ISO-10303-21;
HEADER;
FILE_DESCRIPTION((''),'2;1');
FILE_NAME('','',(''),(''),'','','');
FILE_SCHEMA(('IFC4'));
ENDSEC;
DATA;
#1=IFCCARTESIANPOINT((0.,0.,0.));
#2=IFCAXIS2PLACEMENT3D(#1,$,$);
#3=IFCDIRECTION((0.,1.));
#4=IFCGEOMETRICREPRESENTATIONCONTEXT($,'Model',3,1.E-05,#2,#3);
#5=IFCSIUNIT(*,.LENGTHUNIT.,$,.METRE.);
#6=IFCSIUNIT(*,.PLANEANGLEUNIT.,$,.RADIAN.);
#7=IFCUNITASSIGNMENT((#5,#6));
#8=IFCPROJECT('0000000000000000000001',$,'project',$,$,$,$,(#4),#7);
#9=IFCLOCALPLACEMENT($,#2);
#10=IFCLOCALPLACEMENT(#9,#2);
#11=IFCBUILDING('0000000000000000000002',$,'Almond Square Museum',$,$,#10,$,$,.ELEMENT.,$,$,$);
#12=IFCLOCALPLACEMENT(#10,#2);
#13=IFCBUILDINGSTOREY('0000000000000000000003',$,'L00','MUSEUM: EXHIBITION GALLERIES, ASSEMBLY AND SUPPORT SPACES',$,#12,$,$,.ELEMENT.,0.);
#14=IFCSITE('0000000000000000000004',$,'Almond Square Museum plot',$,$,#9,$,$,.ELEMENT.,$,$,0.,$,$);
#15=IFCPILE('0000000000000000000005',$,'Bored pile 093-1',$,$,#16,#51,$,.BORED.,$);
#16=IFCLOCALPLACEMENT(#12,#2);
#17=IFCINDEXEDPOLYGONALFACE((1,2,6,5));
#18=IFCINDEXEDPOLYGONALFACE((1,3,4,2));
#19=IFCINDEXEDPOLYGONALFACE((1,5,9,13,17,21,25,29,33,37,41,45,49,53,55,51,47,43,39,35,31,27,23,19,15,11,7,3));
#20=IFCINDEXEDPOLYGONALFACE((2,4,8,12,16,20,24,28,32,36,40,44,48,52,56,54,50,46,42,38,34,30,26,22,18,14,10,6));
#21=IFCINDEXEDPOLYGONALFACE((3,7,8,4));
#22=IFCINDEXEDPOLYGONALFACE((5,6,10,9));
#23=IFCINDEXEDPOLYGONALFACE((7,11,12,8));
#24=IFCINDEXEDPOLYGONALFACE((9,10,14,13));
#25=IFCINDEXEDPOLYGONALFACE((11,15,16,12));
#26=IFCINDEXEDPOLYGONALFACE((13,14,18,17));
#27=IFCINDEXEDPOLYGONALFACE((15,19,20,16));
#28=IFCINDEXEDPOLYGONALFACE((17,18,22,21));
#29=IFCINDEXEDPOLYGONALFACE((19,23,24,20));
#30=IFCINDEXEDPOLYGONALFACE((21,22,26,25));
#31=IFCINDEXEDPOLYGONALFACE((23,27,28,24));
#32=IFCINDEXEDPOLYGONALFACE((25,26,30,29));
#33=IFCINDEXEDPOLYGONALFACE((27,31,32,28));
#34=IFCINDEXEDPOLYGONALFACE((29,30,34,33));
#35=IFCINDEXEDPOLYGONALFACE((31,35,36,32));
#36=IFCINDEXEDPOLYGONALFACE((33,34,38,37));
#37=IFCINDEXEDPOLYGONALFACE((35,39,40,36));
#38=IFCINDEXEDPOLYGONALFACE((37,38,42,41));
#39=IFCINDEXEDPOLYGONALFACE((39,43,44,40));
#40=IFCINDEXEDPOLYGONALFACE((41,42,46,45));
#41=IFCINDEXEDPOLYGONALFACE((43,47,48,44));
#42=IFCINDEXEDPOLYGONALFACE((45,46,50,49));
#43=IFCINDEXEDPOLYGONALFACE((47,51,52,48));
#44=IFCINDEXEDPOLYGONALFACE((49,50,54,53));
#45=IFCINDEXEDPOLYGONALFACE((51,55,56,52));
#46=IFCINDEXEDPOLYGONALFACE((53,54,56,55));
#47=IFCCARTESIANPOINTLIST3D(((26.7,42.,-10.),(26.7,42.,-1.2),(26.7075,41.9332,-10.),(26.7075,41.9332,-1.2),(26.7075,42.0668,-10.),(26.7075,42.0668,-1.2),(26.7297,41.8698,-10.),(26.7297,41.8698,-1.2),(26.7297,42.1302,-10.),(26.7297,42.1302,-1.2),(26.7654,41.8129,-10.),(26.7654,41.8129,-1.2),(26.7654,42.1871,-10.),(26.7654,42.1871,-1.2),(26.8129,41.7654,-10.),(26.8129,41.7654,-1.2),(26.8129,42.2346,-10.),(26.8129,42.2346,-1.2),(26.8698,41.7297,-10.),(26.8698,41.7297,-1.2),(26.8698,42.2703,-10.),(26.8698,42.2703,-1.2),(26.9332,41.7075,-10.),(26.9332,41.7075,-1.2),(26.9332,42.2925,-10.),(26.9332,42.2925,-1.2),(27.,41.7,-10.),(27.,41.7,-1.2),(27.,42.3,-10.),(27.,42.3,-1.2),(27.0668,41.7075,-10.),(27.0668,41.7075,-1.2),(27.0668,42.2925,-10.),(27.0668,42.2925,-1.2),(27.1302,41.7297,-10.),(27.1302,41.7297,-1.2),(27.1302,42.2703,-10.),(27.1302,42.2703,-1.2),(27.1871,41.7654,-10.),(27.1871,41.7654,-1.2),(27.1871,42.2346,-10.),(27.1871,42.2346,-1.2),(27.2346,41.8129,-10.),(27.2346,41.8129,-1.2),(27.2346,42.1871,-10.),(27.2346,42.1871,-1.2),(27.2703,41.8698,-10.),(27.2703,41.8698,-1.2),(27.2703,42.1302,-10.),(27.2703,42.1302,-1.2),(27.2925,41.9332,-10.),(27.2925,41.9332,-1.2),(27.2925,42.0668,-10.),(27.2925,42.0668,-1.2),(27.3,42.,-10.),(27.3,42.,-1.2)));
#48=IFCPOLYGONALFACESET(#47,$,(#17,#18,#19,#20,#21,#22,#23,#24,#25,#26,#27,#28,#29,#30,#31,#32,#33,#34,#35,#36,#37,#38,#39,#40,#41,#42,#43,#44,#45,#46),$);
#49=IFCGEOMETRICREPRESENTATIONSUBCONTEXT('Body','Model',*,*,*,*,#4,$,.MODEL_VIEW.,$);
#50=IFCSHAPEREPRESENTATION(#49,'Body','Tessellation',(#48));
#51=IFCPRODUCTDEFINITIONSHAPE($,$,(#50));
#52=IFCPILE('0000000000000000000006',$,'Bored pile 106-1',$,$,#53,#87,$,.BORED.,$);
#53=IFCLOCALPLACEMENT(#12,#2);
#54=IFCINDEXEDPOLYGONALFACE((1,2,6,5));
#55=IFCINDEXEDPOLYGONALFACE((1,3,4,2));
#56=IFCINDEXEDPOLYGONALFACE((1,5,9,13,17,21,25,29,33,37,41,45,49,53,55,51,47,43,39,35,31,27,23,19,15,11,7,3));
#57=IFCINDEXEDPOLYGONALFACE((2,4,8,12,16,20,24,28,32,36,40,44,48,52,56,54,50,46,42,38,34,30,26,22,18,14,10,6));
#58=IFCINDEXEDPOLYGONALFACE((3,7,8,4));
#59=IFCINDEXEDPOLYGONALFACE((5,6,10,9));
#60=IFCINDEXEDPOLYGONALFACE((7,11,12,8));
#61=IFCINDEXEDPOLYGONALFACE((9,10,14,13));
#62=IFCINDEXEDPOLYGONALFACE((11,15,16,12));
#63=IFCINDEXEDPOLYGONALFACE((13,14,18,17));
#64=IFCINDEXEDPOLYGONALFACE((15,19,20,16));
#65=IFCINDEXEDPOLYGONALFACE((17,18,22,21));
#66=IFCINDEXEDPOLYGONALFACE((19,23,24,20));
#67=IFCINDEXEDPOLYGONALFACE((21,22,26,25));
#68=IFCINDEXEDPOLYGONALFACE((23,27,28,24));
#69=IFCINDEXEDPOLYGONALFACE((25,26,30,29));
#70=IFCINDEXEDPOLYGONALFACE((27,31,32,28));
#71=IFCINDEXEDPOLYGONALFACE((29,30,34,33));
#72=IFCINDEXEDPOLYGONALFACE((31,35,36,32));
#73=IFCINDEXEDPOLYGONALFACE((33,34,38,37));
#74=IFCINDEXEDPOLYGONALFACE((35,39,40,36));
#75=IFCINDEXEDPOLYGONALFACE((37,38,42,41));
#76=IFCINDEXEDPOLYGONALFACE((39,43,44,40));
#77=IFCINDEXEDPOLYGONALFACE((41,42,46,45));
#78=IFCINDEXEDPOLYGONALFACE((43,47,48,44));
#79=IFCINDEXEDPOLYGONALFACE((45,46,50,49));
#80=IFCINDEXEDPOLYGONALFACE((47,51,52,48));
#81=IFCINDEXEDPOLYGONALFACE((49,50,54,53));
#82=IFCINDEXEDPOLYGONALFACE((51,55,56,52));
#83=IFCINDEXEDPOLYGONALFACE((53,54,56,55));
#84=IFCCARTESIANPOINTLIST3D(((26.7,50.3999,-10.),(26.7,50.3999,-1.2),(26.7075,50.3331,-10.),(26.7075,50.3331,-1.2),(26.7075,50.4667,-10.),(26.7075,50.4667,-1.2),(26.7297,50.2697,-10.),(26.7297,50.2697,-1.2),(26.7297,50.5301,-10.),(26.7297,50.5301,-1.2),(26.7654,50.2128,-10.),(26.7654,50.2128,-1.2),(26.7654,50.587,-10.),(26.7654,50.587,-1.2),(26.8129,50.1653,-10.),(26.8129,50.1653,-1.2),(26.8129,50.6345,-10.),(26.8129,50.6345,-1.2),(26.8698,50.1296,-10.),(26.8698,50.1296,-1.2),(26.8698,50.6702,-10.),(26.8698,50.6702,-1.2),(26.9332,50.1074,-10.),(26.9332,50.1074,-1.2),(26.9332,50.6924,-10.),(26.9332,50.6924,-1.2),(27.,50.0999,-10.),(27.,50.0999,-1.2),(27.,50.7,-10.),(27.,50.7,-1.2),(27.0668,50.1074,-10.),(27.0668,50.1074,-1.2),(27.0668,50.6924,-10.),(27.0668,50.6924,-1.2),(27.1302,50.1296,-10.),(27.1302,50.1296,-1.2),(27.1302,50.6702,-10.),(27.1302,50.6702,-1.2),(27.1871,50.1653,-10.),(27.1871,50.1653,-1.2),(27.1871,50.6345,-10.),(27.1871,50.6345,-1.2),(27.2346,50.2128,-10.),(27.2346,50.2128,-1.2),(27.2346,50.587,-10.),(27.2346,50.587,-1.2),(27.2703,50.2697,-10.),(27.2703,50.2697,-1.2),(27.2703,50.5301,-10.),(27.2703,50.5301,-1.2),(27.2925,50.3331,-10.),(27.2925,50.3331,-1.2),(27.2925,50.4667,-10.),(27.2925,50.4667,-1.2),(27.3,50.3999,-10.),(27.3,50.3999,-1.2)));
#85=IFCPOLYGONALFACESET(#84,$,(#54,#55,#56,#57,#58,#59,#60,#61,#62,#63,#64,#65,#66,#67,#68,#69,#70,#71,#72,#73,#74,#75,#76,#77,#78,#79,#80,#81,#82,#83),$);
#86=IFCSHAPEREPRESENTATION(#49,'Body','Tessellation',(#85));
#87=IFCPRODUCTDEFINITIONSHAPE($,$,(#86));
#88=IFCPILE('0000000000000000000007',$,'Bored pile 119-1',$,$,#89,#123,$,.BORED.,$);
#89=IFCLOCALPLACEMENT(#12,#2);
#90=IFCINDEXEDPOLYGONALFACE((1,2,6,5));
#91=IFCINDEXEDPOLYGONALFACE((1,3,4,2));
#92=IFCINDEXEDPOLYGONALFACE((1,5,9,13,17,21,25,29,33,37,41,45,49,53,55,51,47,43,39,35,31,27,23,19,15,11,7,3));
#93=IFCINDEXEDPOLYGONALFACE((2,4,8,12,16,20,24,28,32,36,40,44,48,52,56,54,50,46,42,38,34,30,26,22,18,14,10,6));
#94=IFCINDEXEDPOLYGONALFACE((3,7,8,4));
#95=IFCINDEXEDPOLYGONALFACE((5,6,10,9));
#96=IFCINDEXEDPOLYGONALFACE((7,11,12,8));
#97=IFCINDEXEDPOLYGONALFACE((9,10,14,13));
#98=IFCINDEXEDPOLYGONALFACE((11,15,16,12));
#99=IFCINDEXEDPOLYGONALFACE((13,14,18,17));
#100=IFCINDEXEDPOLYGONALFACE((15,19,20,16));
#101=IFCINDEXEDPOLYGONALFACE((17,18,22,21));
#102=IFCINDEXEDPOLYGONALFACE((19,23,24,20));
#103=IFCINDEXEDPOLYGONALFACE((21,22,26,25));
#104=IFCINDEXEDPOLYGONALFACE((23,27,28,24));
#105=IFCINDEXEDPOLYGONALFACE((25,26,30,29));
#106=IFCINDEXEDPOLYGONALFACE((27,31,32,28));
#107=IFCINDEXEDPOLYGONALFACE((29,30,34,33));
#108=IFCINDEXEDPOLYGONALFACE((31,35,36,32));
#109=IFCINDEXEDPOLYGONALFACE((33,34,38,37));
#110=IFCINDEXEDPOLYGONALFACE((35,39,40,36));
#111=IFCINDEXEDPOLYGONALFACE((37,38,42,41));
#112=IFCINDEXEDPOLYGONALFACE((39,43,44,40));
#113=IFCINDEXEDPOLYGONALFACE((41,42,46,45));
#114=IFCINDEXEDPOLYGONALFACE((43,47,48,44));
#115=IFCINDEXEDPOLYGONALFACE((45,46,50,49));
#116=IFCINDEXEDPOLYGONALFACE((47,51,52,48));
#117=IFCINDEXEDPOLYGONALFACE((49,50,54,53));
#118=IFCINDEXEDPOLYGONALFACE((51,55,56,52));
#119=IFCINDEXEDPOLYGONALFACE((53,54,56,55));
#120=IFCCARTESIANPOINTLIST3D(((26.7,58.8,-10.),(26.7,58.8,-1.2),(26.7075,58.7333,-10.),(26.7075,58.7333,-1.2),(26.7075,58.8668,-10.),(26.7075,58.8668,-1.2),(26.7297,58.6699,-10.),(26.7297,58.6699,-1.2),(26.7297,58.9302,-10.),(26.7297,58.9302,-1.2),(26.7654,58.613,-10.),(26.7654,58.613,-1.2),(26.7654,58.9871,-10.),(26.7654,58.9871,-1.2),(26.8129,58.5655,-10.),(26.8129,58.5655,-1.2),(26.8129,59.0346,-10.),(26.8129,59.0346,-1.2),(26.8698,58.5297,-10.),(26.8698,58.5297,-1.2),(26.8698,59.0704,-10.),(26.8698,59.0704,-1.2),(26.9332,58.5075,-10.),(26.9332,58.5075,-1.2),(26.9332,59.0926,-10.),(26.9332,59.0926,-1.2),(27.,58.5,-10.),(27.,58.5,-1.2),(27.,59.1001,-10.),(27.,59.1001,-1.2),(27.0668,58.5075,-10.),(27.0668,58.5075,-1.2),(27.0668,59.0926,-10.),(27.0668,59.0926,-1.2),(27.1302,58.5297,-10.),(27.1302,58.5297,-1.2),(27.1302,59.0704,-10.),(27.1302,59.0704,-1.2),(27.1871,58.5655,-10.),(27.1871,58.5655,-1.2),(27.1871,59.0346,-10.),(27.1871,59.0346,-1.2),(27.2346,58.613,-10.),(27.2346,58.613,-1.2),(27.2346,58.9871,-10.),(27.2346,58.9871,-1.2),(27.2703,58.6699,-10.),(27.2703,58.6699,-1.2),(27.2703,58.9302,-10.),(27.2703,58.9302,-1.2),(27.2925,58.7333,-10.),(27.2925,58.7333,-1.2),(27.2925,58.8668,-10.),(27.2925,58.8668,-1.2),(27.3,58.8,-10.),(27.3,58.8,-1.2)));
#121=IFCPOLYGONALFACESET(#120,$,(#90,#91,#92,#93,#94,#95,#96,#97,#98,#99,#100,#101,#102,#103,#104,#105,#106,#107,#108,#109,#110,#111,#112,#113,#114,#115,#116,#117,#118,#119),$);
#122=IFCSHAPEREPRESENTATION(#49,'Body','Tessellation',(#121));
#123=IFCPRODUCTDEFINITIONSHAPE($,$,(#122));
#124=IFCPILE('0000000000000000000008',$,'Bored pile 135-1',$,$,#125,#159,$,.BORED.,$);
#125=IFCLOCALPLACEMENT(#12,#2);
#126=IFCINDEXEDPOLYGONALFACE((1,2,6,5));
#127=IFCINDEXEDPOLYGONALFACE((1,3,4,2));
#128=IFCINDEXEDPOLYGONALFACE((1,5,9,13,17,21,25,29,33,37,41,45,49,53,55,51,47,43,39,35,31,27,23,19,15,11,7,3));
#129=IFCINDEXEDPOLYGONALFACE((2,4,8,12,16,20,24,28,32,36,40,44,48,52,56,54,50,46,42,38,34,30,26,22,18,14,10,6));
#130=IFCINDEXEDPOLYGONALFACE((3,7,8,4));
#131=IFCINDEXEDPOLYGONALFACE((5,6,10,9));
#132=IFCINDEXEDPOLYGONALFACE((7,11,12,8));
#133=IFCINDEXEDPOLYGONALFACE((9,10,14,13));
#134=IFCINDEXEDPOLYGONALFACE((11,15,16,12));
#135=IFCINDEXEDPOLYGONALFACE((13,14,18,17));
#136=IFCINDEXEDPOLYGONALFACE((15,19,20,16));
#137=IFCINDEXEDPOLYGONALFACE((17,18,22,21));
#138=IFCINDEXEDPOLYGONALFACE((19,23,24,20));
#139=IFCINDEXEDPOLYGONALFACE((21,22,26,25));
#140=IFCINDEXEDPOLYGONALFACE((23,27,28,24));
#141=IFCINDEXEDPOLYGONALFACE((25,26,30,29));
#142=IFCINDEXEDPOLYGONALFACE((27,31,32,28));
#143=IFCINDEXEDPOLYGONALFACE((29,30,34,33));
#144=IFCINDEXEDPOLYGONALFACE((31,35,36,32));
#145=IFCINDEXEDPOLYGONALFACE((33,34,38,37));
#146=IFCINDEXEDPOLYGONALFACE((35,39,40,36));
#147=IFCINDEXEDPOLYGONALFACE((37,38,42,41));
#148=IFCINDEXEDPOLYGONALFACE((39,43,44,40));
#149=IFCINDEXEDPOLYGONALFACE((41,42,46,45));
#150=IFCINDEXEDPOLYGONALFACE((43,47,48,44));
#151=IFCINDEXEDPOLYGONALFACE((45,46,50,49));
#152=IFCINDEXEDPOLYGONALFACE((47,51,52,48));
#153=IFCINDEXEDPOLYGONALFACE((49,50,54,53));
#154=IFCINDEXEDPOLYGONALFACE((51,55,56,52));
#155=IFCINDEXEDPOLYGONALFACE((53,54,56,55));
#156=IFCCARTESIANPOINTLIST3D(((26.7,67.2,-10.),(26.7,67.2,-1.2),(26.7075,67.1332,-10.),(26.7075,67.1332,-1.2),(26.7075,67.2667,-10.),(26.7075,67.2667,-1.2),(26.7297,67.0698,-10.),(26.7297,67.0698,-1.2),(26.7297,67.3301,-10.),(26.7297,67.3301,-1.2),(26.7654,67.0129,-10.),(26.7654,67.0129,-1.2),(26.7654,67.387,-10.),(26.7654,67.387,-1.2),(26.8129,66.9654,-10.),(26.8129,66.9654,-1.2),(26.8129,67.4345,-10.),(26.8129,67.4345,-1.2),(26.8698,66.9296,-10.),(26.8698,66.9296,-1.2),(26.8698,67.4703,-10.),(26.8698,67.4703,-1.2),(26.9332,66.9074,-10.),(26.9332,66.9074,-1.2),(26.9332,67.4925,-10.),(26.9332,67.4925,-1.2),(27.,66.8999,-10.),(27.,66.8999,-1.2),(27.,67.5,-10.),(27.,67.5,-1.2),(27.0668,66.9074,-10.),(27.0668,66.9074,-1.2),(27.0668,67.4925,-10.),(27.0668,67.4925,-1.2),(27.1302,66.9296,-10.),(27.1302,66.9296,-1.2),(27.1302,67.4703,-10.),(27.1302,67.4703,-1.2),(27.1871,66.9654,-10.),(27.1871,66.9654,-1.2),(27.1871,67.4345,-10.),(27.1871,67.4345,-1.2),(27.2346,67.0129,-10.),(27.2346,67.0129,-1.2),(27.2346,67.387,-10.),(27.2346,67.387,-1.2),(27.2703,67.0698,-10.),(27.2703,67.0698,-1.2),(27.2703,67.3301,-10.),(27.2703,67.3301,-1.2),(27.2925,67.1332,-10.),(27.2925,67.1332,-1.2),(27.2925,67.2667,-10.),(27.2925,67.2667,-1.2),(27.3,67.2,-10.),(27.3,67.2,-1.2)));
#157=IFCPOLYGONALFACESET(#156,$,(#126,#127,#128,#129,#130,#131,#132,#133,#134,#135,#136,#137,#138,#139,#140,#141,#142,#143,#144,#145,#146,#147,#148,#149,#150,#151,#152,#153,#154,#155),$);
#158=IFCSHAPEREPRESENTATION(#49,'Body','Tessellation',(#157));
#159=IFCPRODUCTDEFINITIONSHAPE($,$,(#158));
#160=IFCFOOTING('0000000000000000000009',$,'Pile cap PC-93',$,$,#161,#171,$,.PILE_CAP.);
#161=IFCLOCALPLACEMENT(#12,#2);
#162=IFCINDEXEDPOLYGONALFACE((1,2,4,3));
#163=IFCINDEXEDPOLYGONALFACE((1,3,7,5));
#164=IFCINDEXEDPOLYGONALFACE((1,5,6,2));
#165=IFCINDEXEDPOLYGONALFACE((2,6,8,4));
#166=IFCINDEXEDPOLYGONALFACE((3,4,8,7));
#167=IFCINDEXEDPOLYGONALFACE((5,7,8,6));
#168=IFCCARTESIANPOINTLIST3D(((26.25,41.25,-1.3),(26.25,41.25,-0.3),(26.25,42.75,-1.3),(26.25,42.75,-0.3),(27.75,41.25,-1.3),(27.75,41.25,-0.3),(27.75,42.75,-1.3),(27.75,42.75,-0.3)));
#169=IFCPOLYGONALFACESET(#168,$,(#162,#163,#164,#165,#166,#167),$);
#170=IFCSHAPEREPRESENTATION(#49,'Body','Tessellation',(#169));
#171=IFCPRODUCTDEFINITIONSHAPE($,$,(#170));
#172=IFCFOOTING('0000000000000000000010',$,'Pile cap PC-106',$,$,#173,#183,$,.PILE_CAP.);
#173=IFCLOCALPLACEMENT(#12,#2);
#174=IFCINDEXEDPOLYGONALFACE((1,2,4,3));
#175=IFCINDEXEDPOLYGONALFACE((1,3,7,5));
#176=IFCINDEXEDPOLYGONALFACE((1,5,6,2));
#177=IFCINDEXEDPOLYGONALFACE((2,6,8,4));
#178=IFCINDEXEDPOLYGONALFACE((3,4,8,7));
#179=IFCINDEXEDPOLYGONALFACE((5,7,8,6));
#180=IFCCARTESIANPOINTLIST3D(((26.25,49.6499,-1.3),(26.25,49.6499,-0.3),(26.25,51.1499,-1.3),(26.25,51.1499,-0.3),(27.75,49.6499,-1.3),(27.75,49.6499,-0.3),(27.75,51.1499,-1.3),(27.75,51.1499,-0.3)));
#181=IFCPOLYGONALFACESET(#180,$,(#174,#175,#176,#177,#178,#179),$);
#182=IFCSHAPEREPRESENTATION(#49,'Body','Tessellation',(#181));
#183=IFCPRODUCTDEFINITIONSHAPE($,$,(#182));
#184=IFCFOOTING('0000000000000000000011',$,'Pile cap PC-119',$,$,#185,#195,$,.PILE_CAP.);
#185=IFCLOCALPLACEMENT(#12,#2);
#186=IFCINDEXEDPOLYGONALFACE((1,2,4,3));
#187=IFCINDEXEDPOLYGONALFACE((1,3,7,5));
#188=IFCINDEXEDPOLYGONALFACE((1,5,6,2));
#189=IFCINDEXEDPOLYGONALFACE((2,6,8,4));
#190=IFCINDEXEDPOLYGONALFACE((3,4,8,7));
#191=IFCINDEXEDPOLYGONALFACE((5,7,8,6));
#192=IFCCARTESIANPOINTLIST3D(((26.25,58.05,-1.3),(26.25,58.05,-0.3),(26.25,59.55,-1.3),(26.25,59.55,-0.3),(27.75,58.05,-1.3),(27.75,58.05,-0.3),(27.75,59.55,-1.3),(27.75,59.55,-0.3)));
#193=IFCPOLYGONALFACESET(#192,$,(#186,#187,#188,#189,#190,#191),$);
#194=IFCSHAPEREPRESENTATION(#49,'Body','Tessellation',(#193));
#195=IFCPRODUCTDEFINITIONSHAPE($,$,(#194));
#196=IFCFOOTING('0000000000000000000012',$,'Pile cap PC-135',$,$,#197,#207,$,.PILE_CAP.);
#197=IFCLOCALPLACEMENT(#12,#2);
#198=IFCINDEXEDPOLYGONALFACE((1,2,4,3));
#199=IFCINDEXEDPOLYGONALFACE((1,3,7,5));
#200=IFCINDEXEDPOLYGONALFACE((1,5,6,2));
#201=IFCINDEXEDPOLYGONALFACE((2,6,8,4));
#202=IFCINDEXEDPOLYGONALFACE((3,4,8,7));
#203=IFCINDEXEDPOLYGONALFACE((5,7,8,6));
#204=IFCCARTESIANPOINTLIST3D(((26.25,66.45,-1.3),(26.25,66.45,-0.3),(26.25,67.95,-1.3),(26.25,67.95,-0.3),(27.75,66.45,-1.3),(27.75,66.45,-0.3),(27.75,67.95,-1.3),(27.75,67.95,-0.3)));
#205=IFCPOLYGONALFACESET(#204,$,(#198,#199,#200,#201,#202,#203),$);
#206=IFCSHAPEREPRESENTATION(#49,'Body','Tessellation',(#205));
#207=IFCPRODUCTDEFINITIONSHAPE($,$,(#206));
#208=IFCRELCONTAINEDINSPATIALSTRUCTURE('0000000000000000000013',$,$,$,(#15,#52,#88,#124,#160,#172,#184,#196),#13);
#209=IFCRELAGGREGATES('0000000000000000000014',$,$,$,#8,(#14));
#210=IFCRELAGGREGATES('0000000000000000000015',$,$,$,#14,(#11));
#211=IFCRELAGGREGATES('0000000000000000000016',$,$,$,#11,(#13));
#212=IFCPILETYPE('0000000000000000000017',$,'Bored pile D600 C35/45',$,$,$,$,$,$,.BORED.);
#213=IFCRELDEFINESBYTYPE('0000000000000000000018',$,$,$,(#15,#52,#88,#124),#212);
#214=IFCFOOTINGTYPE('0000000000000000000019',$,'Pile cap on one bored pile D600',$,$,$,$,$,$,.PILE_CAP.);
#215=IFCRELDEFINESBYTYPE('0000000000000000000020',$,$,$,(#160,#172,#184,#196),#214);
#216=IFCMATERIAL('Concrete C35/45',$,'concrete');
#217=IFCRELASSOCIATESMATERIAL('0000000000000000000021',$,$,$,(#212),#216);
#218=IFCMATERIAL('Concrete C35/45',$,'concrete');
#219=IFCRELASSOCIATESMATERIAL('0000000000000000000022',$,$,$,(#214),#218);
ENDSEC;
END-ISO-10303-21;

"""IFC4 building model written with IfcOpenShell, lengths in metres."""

from ifc_helpers import new_model, si_unit, direction, frame, origin, origin_2d, place, context, subcontext, project, spatial, rectangle, circle, extrude, material, material_profile, profile_set, type_object, element, save


model = new_model("IFC4")

# Units and contexts
model_context = context("Model", 3, precision=1e-05, world=origin(), true_north=direction((0.0, 1.0)))
body_context = subcontext(model_context, "Body", "Model", "MODEL_VIEW")
ifc_project = project(units=[si_unit("LENGTHUNIT", "METRE"), si_unit("PLANEANGLEUNIT", "RADIAN")], contexts=[model_context])

# Site, building, storey
site_placement = place(None, origin())
site = spatial("IfcSite", under=ifc_project, at=site_placement, Name="Almond Square Museum plot", CompositionType="ELEMENT", RefElevation=0.0)
building_placement = place(site_placement, origin())
building = spatial("IfcBuilding", under=site, at=building_placement, Name="Almond Square Museum", CompositionType="ELEMENT")
storey_placement = place(building_placement, origin())
storey = spatial("IfcBuildingStorey", under=building, at=storey_placement, Name="L00", Description="MUSEUM: EXHIBITION GALLERIES, ASSEMBLY AND SUPPORT SPACES", CompositionType="ELEMENT", Elevation=0.0)

# Piles
ifc_material_1 = material(Name="Concrete C35/45", Category="concrete")
ifc_material_profile_1 = material_profile(ifc_material_1, circle(Radius=0.3, at=origin_2d()))
ifc_profile_set_1 = profile_set([ifc_material_profile_1], Name="Concrete C35/45")
pile_type = type_object("IfcPileType", Name="Bored pile D600 C35/45", PredefinedType="BORED", material=ifc_profile_set_1)
for number, where, z_axis, x_axis, name in (
    (1, (27.0, 42.0, -1.2), (0.0, 0.0, -1.0), (1.0, 0.0, 0.0), "Bored pile 093-1"),
    (2, (27.0, 50.3999, -1.2), (0.0, 0.0, -1.0), (1.0, 0.0, 0.0), "Bored pile 106-1"),
    (3, (27.0, 58.8, -1.2), (0.0, 0.0, -1.0), (1.0, 0.0, 0.0), "Bored pile 119-1"),
    (4, (27.0, 67.2, -1.2), (0.0, 0.0, -1.0), (1.0, 0.0, 0.0), "Bored pile 135-1"),
):
    element("IfcPile", number, at=place(storey_placement, frame(where, z_axis=z_axis, x_axis=x_axis)), inside=storey, type_object=pile_type, Name=name, PredefinedType="BORED", context=body_context, shape_type="SweptSolid", body=[
        extrude(circle(Radius=0.3, at=origin_2d()), origin(), (0.0, 0.0, 1.0), 8.8),
    ])

# Footings
ifc_material_2 = material(Name="Concrete C35/45", Category="concrete")
footing_type = type_object("IfcFootingType", Name="Pile cap on one bored pile D600", PredefinedType="PILE_CAP", material=ifc_material_2)
for number, where, z_axis, x_axis, name in (
    (5, (27.0, 42.0, -1.3), (0.0, 0.0, 1.0), (1.0, 0.0, 0.0), "Pile cap PC-93"),
    (6, (27.0, 50.3999, -1.3), (0.0, 0.0, 1.0), (1.0, 0.0, 0.0), "Pile cap PC-106"),
    (7, (27.0, 58.8, -1.3), (0.0, 0.0, 1.0), (1.0, 0.0, 0.0), "Pile cap PC-119"),
    (8, (27.0, 67.2, -1.3), (0.0, 0.0, 1.0), (1.0, 0.0, 0.0), "Pile cap PC-135"),
):
    element("IfcFooting", number, at=place(storey_placement, frame(where, z_axis=z_axis, x_axis=x_axis)), inside=storey, type_object=footing_type, Name=name, PredefinedType="PILE_CAP", context=body_context, shape_type="SweptSolid", body=[
        extrude(rectangle(XDim=1.5, YDim=1.5, at=origin_2d()), origin(), (0.0, 0.0, 1.0), 1.0),
    ])

save(model, "model.ifc")
